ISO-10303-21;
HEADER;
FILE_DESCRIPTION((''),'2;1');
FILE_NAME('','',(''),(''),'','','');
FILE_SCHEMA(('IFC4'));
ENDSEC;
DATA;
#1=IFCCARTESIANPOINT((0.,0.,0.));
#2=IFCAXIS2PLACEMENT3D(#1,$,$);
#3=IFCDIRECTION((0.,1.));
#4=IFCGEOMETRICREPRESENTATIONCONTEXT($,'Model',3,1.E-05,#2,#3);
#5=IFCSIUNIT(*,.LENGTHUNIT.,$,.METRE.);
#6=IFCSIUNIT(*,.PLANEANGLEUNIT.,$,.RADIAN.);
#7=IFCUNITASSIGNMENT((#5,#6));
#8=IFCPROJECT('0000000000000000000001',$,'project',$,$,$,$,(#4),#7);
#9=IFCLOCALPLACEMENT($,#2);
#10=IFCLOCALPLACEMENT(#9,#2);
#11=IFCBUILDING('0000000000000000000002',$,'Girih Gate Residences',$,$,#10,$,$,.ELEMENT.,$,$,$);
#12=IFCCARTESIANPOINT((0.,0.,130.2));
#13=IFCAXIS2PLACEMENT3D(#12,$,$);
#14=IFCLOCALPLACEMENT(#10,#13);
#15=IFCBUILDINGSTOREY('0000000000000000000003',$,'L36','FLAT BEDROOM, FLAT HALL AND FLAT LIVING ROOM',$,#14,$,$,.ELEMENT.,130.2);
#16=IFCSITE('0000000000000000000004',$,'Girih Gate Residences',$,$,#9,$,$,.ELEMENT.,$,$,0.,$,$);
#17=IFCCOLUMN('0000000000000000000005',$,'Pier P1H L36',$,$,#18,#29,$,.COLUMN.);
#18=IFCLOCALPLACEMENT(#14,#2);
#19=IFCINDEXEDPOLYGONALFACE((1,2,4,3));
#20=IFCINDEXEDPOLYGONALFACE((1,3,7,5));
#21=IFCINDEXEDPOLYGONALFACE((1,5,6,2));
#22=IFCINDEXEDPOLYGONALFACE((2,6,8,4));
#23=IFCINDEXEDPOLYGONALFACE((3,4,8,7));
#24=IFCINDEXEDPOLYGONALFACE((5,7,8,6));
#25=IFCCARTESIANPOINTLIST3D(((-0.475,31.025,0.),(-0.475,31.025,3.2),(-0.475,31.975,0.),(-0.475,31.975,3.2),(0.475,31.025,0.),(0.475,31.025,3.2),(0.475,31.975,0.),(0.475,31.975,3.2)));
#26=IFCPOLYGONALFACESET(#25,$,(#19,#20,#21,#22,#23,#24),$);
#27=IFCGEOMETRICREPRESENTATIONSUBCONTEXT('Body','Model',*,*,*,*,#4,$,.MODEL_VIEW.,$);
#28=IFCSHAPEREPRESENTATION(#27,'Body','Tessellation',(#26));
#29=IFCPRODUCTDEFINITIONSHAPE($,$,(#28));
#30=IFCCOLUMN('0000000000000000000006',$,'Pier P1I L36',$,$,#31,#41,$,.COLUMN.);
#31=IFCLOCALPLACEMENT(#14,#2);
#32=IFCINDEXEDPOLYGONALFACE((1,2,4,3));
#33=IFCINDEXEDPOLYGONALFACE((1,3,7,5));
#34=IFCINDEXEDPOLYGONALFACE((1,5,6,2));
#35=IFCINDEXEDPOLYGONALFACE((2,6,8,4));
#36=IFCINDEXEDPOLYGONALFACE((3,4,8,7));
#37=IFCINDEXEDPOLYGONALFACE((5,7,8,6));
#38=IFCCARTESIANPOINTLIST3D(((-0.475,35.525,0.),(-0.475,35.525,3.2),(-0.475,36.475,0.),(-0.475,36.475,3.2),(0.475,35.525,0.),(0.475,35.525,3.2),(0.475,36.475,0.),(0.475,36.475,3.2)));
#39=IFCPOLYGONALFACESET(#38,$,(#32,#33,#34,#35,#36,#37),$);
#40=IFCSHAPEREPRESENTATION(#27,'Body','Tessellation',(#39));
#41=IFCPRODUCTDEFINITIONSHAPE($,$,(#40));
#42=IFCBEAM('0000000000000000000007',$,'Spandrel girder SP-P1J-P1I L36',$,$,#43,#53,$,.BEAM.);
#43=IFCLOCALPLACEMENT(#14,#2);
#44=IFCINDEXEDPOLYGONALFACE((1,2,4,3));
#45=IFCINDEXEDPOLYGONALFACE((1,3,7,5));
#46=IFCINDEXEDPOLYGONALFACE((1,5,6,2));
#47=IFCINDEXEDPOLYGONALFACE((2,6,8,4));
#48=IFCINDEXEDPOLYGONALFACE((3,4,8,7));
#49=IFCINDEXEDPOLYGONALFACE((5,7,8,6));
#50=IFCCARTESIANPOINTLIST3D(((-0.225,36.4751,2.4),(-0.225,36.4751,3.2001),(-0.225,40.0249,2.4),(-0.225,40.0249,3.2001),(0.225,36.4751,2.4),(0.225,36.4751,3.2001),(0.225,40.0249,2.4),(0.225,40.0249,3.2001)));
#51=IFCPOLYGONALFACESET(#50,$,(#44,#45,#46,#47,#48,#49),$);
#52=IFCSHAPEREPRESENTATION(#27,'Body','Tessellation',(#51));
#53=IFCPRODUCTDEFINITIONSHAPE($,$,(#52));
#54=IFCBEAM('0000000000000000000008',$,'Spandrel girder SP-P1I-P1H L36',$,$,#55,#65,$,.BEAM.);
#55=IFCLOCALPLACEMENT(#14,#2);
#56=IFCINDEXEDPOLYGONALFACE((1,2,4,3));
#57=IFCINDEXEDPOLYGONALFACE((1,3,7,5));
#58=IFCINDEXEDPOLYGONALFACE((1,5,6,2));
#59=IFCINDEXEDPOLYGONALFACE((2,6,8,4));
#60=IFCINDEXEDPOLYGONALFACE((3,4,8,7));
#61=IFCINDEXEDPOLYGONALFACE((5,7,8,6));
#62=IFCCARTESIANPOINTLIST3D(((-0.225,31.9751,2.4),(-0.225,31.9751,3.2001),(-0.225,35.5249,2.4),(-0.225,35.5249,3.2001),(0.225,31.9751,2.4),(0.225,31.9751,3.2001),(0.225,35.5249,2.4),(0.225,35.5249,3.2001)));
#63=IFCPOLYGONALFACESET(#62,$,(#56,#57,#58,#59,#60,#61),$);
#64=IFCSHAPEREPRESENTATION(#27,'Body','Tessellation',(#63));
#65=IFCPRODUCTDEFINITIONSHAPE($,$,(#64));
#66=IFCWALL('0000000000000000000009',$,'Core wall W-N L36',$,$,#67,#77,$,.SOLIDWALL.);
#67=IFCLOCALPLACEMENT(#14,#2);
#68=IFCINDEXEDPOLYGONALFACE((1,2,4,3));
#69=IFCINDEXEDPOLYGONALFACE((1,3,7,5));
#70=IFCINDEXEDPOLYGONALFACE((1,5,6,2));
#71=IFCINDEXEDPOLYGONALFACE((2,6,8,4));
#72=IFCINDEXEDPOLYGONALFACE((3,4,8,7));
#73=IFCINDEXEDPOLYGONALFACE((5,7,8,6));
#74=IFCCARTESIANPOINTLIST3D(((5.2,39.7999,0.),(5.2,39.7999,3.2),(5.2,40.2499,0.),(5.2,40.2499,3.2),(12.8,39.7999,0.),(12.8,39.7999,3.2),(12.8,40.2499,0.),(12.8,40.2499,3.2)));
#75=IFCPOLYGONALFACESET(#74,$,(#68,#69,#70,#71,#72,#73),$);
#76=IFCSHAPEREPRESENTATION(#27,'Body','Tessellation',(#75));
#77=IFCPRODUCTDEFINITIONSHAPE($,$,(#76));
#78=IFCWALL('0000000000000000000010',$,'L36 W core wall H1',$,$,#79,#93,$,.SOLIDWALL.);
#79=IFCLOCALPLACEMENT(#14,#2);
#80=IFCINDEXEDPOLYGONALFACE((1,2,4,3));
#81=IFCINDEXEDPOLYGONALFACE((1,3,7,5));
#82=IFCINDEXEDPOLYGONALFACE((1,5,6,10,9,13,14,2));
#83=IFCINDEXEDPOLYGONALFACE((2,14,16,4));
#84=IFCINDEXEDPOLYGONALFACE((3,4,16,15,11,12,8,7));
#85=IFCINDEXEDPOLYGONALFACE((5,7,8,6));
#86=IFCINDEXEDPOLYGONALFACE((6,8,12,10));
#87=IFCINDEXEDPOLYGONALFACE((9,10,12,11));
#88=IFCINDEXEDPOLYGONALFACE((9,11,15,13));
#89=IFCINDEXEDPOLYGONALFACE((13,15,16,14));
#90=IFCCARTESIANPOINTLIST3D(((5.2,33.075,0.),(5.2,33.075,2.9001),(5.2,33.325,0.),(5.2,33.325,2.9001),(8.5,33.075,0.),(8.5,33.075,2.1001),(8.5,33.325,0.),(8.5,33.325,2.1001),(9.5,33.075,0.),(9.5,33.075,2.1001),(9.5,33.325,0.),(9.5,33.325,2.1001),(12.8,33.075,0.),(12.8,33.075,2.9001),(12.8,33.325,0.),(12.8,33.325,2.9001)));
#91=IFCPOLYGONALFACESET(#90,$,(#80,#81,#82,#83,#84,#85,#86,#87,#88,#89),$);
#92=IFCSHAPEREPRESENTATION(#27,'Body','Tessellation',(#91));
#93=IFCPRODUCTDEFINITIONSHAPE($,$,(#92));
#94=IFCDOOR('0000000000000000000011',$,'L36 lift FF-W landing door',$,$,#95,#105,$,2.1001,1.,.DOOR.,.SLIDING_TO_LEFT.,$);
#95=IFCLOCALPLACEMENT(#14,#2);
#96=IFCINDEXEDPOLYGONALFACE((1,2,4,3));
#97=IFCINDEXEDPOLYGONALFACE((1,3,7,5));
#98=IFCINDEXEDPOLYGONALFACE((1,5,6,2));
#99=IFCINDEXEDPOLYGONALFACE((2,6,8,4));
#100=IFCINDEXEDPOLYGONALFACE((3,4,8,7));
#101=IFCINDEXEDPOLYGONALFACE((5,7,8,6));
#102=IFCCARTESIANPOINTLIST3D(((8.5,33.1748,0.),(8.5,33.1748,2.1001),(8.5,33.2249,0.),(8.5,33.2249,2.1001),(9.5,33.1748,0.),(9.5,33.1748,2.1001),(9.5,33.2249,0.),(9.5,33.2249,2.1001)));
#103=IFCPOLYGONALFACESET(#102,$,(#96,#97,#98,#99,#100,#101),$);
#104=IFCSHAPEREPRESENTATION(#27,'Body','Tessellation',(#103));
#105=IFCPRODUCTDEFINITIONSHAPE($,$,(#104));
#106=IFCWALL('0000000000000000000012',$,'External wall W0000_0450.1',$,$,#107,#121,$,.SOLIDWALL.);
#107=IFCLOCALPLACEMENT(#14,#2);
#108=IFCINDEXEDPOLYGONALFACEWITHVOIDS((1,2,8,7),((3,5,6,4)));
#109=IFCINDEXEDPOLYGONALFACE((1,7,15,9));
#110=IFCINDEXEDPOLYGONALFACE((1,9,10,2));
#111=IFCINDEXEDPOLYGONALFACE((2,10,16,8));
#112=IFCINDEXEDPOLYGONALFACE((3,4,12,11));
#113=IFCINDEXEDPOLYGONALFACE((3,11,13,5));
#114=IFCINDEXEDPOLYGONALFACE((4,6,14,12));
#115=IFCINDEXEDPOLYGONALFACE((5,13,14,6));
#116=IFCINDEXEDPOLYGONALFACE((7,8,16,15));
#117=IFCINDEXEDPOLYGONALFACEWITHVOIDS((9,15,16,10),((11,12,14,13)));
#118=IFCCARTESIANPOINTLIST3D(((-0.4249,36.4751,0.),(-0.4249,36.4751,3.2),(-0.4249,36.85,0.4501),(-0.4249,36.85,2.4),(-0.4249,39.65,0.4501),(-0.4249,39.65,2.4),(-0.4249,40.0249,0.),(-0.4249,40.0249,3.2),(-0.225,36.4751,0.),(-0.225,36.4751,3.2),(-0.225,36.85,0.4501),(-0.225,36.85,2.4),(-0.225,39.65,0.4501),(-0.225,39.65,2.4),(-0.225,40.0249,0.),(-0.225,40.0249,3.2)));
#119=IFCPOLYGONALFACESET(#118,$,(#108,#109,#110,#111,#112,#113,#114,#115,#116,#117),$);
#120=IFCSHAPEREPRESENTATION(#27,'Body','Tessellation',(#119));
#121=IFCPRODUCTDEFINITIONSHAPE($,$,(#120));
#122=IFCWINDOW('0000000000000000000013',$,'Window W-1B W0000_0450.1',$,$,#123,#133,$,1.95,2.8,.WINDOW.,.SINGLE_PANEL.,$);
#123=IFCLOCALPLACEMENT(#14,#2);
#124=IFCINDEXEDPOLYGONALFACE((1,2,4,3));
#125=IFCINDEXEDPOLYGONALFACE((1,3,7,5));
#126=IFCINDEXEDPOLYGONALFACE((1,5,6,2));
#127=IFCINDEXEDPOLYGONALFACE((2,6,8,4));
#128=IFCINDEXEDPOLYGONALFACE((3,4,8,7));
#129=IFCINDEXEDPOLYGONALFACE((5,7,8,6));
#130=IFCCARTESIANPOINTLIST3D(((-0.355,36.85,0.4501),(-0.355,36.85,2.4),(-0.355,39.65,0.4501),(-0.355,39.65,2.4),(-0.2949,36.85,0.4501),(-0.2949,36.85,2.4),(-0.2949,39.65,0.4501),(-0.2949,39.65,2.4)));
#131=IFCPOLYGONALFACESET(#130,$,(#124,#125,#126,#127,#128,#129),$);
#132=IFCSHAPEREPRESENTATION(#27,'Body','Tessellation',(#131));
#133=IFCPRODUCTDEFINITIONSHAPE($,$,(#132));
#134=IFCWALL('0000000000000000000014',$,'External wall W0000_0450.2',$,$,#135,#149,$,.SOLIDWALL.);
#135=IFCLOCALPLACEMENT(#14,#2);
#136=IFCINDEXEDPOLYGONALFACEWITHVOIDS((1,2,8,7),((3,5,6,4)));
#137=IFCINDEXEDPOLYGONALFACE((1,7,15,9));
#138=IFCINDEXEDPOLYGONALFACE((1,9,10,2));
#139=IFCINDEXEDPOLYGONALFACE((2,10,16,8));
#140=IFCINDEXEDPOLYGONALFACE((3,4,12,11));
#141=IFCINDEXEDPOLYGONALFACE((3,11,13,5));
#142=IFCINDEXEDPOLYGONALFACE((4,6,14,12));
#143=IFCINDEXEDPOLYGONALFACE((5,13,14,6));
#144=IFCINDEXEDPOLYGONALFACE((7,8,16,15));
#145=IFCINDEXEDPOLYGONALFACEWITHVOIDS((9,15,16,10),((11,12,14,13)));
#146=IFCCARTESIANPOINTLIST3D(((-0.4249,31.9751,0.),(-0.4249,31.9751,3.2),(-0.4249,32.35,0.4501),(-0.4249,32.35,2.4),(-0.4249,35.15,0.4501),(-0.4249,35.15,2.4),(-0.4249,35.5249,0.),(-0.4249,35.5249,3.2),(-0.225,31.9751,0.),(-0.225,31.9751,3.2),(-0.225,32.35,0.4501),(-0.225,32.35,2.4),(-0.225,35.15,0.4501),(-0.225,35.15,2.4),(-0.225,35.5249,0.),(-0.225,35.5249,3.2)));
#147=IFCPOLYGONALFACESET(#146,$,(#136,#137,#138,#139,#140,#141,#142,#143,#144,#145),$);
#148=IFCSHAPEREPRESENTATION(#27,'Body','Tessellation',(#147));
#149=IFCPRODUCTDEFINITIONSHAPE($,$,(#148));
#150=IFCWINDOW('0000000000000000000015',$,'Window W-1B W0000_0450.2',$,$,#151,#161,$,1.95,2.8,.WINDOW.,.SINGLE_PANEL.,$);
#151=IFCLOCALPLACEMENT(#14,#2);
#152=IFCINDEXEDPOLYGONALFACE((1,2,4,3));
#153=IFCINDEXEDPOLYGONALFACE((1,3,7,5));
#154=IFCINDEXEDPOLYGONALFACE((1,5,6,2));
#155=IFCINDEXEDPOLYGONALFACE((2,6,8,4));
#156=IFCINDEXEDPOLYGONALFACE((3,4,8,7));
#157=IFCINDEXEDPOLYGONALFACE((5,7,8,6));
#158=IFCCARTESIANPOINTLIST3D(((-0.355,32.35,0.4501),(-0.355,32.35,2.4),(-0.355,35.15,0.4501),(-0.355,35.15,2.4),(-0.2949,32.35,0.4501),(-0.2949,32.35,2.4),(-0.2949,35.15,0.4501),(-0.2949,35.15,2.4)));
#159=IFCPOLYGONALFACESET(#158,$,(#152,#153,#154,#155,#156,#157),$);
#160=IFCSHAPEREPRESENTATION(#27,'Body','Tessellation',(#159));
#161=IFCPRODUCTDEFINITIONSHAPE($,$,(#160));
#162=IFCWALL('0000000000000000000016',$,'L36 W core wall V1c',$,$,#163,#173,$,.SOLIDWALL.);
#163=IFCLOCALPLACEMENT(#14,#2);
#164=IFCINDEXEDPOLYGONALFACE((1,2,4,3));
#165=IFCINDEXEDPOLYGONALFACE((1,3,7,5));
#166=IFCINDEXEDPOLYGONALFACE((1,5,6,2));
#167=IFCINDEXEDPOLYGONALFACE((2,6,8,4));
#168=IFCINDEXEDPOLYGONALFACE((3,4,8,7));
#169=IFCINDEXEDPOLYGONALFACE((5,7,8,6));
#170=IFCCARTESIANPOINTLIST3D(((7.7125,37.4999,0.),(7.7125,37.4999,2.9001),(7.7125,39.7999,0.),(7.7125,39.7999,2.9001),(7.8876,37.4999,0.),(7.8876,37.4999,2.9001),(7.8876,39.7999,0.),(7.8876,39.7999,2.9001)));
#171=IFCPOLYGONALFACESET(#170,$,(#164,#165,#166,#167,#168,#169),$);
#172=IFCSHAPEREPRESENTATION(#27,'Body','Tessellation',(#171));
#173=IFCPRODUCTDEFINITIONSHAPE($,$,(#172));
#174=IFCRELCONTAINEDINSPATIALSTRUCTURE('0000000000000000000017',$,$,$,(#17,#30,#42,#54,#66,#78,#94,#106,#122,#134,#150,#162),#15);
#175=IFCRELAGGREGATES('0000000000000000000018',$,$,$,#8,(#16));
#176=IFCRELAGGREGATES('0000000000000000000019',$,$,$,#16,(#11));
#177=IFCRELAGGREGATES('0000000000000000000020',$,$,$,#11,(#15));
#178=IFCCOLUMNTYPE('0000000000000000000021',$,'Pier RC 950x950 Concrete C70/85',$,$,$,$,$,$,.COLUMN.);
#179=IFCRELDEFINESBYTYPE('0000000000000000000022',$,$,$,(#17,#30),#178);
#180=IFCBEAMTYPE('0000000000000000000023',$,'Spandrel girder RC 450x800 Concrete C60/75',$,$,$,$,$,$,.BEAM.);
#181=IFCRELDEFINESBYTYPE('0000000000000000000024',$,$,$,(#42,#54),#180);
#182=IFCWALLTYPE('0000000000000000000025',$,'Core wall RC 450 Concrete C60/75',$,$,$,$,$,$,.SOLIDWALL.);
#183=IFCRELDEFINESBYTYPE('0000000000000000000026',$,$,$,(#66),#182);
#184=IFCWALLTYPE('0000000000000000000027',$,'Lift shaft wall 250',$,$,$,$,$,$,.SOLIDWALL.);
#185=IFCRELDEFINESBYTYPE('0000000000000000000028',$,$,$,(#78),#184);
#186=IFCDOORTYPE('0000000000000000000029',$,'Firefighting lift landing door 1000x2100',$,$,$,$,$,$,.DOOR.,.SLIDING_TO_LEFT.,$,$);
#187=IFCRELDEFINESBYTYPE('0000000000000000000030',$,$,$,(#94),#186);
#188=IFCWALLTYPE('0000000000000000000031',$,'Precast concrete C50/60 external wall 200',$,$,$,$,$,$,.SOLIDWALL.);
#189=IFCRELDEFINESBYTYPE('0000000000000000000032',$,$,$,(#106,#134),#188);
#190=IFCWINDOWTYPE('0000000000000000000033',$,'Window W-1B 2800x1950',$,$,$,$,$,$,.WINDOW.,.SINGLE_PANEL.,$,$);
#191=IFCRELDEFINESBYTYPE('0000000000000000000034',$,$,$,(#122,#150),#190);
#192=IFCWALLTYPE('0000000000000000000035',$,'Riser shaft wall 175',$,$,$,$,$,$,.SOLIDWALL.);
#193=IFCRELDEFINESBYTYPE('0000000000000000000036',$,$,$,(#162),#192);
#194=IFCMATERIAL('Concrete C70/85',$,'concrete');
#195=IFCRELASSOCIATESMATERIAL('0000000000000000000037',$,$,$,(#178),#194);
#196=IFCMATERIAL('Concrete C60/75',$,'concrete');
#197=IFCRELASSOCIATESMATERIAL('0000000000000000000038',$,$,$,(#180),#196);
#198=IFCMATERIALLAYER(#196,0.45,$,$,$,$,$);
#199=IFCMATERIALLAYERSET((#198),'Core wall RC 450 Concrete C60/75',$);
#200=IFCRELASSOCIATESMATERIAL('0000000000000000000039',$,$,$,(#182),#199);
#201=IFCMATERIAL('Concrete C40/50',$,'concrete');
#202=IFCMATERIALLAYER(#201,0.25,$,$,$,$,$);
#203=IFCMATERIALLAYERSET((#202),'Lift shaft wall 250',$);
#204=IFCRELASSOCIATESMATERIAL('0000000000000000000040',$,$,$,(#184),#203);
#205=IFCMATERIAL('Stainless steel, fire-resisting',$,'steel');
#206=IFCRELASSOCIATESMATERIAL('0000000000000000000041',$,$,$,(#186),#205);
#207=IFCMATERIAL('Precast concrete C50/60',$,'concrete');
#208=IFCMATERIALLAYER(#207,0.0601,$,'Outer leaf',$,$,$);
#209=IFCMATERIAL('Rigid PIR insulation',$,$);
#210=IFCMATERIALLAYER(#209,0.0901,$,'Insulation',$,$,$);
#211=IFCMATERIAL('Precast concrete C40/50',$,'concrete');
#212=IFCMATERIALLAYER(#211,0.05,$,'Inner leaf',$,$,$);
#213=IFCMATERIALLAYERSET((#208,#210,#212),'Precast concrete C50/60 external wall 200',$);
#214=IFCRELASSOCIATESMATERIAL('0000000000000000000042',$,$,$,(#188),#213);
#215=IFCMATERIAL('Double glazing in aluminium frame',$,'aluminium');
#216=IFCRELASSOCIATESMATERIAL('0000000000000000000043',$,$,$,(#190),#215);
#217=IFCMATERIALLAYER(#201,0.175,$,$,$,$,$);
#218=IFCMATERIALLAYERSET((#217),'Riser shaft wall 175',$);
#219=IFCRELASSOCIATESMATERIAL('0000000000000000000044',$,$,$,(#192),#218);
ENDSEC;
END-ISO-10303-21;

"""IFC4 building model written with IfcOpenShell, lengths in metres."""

from ifc_helpers import new_model, si_unit, direction, frame, frame_2d, origin, origin_2d, place, context, subcontext, project, spatial, rectangle, extrude, material, layer, layer_set, material_profile, profile_set, type_object, element, fill, save


model = new_model("IFC4")

# Units and contexts
model_context = context("Model", 3, precision=1e-05, world=origin(), true_north=direction((0.0, 1.0)))
body_context = subcontext(model_context, "Body", "Model", "MODEL_VIEW")
ifc_project = project(units=[si_unit("LENGTHUNIT", "METRE"), si_unit("PLANEANGLEUNIT", "RADIAN")], contexts=[model_context])

# Site, building, storey
site_placement = place(None, origin())
site = spatial("IfcSite", under=ifc_project, at=site_placement, Name="Girih Gate Residences", CompositionType="ELEMENT", RefElevation=0.0)
building_placement = place(site_placement, origin())
building = spatial("IfcBuilding", under=site, at=building_placement, Name="Girih Gate Residences", CompositionType="ELEMENT")
storey_placement = place(building_placement, frame((0.0, 0.0, 130.2)))
storey = spatial("IfcBuildingStorey", under=building, at=storey_placement, Name="L36", Description="FLAT BEDROOM, FLAT HALL AND FLAT LIVING ROOM", CompositionType="ELEMENT", Elevation=130.2)

# Columns
ifc_material_1 = material(Name="Concrete C70/85", Category="concrete")
ifc_material_profile_1 = material_profile(ifc_material_1, rectangle(XDim=0.95, YDim=0.95, at=origin_2d()))
ifc_profile_set_1 = profile_set([ifc_material_profile_1], Name="Concrete C70/85")
column_type = type_object("IfcColumnType", Name="Pier RC 950x950 Concrete C70/85", PredefinedType="COLUMN", material=ifc_profile_set_1)
for number, where, z_axis, x_axis, name in (
    (1, (0.0, 31.5, 0.0), (0.0, 0.0, 1.0), (1.0, 0.0, 0.0), "Pier P1H L36"),
    (2, (0.0, 36.0, 0.0), (0.0, 0.0, 1.0), (1.0, 0.0, 0.0), "Pier P1I L36"),
):
    element("IfcColumn", number, at=place(storey_placement, frame(where, z_axis=z_axis, x_axis=x_axis)), inside=storey, type_object=column_type, Name=name, PredefinedType="COLUMN", context=body_context, shape_type="SweptSolid", body=[
        extrude(rectangle(XDim=0.95, YDim=0.95, at=origin_2d()), origin(), (0.0, 0.0, 1.0), 3.2),
    ])

# Beams
ifc_material_2 = material(Name="Concrete C60/75", Category="concrete")
ifc_material_profile_2 = material_profile(ifc_material_2, rectangle(XDim=0.45, YDim=0.8, at=origin_2d()))
ifc_profile_set_2 = profile_set([ifc_material_profile_2], Name="Concrete C60/75")
beam_type = type_object("IfcBeamType", Name="Spandrel girder RC 450x800 Concrete C60/75", PredefinedType="BEAM", material=ifc_profile_set_2)
for number, where, z_axis, x_axis, name in (
    (3, (0.0, 40.0249, 2.8), (0.0, -1.0, 0.0), (1.0, 0.0, 0.0), "Spandrel girder SP-P1J-P1I L36"),
    (4, (0.0, 35.5249, 2.8), (0.0, -1.0, 0.0), (1.0, 0.0, 0.0), "Spandrel girder SP-P1I-P1H L36"),
):
    element("IfcBeam", number, at=place(storey_placement, frame(where, z_axis=z_axis, x_axis=x_axis)), inside=storey, type_object=beam_type, Name=name, PredefinedType="BEAM", context=body_context, shape_type="SweptSolid", body=[
        extrude(rectangle(XDim=0.45, YDim=0.8, at=origin_2d()), origin(), (0.0, 0.0, 1.0), 3.5498),
    ])

# Wall
ifc_layer_1 = layer(ifc_material_2, 0.45)
ifc_layer_set_1 = layer_set([ifc_layer_1], Name="Core wall RC 450 Concrete C60/75")
wall_type_1 = type_object("IfcWallType", Name="Core wall RC 450 Concrete C60/75", PredefinedType="SOLIDWALL", material=ifc_layer_set_1)
wall_1_placement = place(storey_placement, frame((5.2, 40.0249, 0.0), z_axis=(0.0, 0.0, 1.0), x_axis=(1.0, 0.0, 0.0)))
element("IfcWall", 5, at=wall_1_placement, inside=storey, type_object=wall_type_1, Name="Core wall W-N L36", PredefinedType="SOLIDWALL", context=body_context, shape_type="SweptSolid", body=[
    extrude(rectangle(XDim=7.6001, YDim=0.45, at=frame_2d((3.8, 0.0))), origin(), (0.0, 0.0, 1.0), 3.2),
])

# Wall, opening, door
ifc_material_3 = material(Name="Concrete C40/50", Category="concrete")
ifc_layer_2 = layer(ifc_material_3, 0.25)
ifc_layer_set_2 = layer_set([ifc_layer_2], Name="Lift shaft wall 250")
wall_type_2 = type_object("IfcWallType", Name="Lift shaft wall 250", PredefinedType="SOLIDWALL", material=ifc_layer_set_2)
wall_2_placement = place(storey_placement, frame((5.2, 33.2, 0.0), z_axis=(0.0, 0.0, 1.0), x_axis=(1.0, 0.0, 0.0)))
wall_2 = element("IfcWall", 6, at=wall_2_placement, inside=storey, type_object=wall_type_2, Name="L36 W core wall H1", PredefinedType="SOLIDWALL", context=body_context, shape_type="SweptSolid", body=[
    extrude(rectangle(XDim=7.6001, YDim=0.25, at=frame_2d((3.8, 0.0))), origin(), (0.0, 0.0, 1.0), 2.9001),
])
opening_1_placement = place(wall_2_placement, frame((3.3, 0.0, 0.0)))
opening_1 = element("IfcOpeningElement", 7, at=opening_1_placement, cuts=wall_2, PredefinedType="OPENING", context=body_context, shape_type="SweptSolid", body=[
    extrude(rectangle(XDim=1.0, YDim=2.1001, at=frame_2d((0.5, 1.05))), frame((0.0, 0.135, 0.0), z_axis=(0.0, -1.0, 0.0), x_axis=(1.0, 0.0, 0.0)), (0.0, 0.0, 1.0), 0.27),
])
ifc_material_4 = material(Name="Stainless steel, fire-resisting", Category="steel")
door_type_1 = type_object("IfcDoorType", Name="Firefighting lift landing door 1000x2100", OperationType="SLIDING_TO_LEFT", PredefinedType="DOOR", material=ifc_material_4)
door_1_placement = place(opening_1_placement, origin())
door_1 = element("IfcDoor", 8, at=door_1_placement, inside=storey, type_object=door_type_1, Name="L36 lift FF-W landing door", OperationType="SLIDING_TO_LEFT", OverallHeight=2.1001, OverallWidth=1.0, PredefinedType="DOOR", context=body_context, shape_type="SweptSolid", body=[
    extrude(rectangle(XDim=1.0, YDim=2.1001, at=frame_2d((0.5, 1.05))), frame((0.0, 0.0249, 0.0), z_axis=(0.0, -1.0, 0.0), x_axis=(1.0, 0.0, 0.0)), (0.0, 0.0, 1.0), 0.05),
])
fill(opening_1, door_1)

# Walls, openings, windows
ifc_material_5 = material(Name="Precast concrete C50/60", Category="concrete")
ifc_layer_3 = layer(ifc_material_5, 0.0601, Name="Outer leaf")
ifc_material_6 = material(Name="Rigid PIR insulation")
ifc_layer_4 = layer(ifc_material_6, 0.0901, Name="Insulation")
ifc_material_7 = material(Name="Precast concrete C40/50", Category="concrete")
ifc_layer_5 = layer(ifc_material_7, 0.05, Name="Inner leaf")
ifc_layer_set_3 = layer_set([ifc_layer_3, ifc_layer_4, ifc_layer_5], Name="Precast concrete C50/60 external wall 200")
wall_type_3 = type_object("IfcWallType", Name="Precast concrete C50/60 external wall 200", PredefinedType="SOLIDWALL", material=ifc_layer_set_3)
wall_3_placement = place(storey_placement, frame((-0.325, 36.4751, 0.0), z_axis=(0.0, 0.0, 1.0), x_axis=(0.0, 1.0, 0.0)))
wall_3 = element("IfcWall", 9, at=wall_3_placement, inside=storey, type_object=wall_type_3, Name="External wall W0000_0450.1", PredefinedType="SOLIDWALL", context=body_context, shape_type="SweptSolid", body=[
    extrude(rectangle(XDim=3.5498, YDim=0.2, at=frame_2d((1.7749, 0.0))), origin(), (0.0, 0.0, 1.0), 3.2),
])
opening_2_placement = place(wall_3_placement, frame((0.375, 0.0, 0.45)))
opening_2 = element("IfcOpeningElement", 10, at=opening_2_placement, cuts=wall_3, PredefinedType="OPENING", context=body_context, shape_type="SweptSolid", body=[
    extrude(rectangle(XDim=2.8, YDim=1.95, at=frame_2d((1.3999, 0.9751))), frame((0.0, 0.1099, 0.0), z_axis=(0.0, -1.0, 0.0), x_axis=(1.0, 0.0, 0.0)), (0.0, 0.0, 1.0), 0.22),
])
ifc_material_8 = material(Name="Double glazing in aluminium frame", Category="aluminium")
window_type = type_object("IfcWindowType", Name="Window W-1B 2800x1950", PartitioningType="SINGLE_PANEL", PredefinedType="WINDOW", material=ifc_material_8)
window_1_placement = place(opening_2_placement, origin())
window_1 = element("IfcWindow", 11, at=window_1_placement, inside=storey, type_object=window_type, Name="Window W-1B W0000_0450.1", OverallHeight=1.95, OverallWidth=2.8, PartitioningType="SINGLE_PANEL", PredefinedType="WINDOW", context=body_context, shape_type="SweptSolid", body=[
    extrude(rectangle(XDim=2.8, YDim=1.95, at=frame_2d((1.3999, 0.9751))), frame((0.0, 0.03, 0.0), z_axis=(0.0, -1.0, 0.0), x_axis=(1.0, 0.0, 0.0)), (0.0, 0.0, 1.0), 0.0601),
])
fill(opening_2, window_1)
wall_4_placement = place(storey_placement, frame((-0.325, 31.9751, 0.0), z_axis=(0.0, 0.0, 1.0), x_axis=(0.0, 1.0, 0.0)))
wall_4 = element("IfcWall", 12, at=wall_4_placement, inside=storey, type_object=wall_type_3, Name="External wall W0000_0450.2", PredefinedType="SOLIDWALL", context=body_context, shape_type="SweptSolid", body=[
    extrude(rectangle(XDim=3.5498, YDim=0.2, at=frame_2d((1.7749, 0.0))), origin(), (0.0, 0.0, 1.0), 3.2),
])
opening_3_placement = place(wall_4_placement, frame((0.375, 0.0, 0.45)))
opening_3 = element("IfcOpeningElement", 13, at=opening_3_placement, cuts=wall_4, PredefinedType="OPENING", context=body_context, shape_type="SweptSolid", body=[
    extrude(rectangle(XDim=2.8, YDim=1.95, at=frame_2d((1.3999, 0.9751))), frame((0.0, 0.1099, 0.0), z_axis=(0.0, -1.0, 0.0), x_axis=(1.0, 0.0, 0.0)), (0.0, 0.0, 1.0), 0.22),
])
window_2_placement = place(opening_3_placement, origin())
window_2 = element("IfcWindow", 14, at=window_2_placement, inside=storey, type_object=window_type, Name="Window W-1B W0000_0450.2", OverallHeight=1.95, OverallWidth=2.8, PartitioningType="SINGLE_PANEL", PredefinedType="WINDOW", context=body_context, shape_type="SweptSolid", body=[
    extrude(rectangle(XDim=2.8, YDim=1.95, at=frame_2d((1.3999, 0.9751))), frame((0.0, 0.03, 0.0), z_axis=(0.0, -1.0, 0.0), x_axis=(1.0, 0.0, 0.0)), (0.0, 0.0, 1.0), 0.0601),
])
fill(opening_3, window_2)

# Wall
ifc_layer_6 = layer(ifc_material_3, 0.175)
ifc_layer_set_4 = layer_set([ifc_layer_6], Name="Riser shaft wall 175")
wall_type_4 = type_object("IfcWallType", Name="Riser shaft wall 175", PredefinedType="SOLIDWALL", material=ifc_layer_set_4)
wall_5_placement = place(storey_placement, frame((7.8, 37.5, 0.0), z_axis=(0.0, 0.0, 1.0), x_axis=(0.0, 1.0, 0.0)))
element("IfcWall", 15, at=wall_5_placement, inside=storey, type_object=wall_type_4, Name="L36 W core wall V1c", PredefinedType="SOLIDWALL", context=body_context, shape_type="SweptSolid", body=[
    extrude(rectangle(XDim=2.3, YDim=0.175, at=frame_2d((1.1499, 0.0))), origin(), (0.0, 0.0, 1.0), 2.9001),
])

save(model, "model.ifc")
